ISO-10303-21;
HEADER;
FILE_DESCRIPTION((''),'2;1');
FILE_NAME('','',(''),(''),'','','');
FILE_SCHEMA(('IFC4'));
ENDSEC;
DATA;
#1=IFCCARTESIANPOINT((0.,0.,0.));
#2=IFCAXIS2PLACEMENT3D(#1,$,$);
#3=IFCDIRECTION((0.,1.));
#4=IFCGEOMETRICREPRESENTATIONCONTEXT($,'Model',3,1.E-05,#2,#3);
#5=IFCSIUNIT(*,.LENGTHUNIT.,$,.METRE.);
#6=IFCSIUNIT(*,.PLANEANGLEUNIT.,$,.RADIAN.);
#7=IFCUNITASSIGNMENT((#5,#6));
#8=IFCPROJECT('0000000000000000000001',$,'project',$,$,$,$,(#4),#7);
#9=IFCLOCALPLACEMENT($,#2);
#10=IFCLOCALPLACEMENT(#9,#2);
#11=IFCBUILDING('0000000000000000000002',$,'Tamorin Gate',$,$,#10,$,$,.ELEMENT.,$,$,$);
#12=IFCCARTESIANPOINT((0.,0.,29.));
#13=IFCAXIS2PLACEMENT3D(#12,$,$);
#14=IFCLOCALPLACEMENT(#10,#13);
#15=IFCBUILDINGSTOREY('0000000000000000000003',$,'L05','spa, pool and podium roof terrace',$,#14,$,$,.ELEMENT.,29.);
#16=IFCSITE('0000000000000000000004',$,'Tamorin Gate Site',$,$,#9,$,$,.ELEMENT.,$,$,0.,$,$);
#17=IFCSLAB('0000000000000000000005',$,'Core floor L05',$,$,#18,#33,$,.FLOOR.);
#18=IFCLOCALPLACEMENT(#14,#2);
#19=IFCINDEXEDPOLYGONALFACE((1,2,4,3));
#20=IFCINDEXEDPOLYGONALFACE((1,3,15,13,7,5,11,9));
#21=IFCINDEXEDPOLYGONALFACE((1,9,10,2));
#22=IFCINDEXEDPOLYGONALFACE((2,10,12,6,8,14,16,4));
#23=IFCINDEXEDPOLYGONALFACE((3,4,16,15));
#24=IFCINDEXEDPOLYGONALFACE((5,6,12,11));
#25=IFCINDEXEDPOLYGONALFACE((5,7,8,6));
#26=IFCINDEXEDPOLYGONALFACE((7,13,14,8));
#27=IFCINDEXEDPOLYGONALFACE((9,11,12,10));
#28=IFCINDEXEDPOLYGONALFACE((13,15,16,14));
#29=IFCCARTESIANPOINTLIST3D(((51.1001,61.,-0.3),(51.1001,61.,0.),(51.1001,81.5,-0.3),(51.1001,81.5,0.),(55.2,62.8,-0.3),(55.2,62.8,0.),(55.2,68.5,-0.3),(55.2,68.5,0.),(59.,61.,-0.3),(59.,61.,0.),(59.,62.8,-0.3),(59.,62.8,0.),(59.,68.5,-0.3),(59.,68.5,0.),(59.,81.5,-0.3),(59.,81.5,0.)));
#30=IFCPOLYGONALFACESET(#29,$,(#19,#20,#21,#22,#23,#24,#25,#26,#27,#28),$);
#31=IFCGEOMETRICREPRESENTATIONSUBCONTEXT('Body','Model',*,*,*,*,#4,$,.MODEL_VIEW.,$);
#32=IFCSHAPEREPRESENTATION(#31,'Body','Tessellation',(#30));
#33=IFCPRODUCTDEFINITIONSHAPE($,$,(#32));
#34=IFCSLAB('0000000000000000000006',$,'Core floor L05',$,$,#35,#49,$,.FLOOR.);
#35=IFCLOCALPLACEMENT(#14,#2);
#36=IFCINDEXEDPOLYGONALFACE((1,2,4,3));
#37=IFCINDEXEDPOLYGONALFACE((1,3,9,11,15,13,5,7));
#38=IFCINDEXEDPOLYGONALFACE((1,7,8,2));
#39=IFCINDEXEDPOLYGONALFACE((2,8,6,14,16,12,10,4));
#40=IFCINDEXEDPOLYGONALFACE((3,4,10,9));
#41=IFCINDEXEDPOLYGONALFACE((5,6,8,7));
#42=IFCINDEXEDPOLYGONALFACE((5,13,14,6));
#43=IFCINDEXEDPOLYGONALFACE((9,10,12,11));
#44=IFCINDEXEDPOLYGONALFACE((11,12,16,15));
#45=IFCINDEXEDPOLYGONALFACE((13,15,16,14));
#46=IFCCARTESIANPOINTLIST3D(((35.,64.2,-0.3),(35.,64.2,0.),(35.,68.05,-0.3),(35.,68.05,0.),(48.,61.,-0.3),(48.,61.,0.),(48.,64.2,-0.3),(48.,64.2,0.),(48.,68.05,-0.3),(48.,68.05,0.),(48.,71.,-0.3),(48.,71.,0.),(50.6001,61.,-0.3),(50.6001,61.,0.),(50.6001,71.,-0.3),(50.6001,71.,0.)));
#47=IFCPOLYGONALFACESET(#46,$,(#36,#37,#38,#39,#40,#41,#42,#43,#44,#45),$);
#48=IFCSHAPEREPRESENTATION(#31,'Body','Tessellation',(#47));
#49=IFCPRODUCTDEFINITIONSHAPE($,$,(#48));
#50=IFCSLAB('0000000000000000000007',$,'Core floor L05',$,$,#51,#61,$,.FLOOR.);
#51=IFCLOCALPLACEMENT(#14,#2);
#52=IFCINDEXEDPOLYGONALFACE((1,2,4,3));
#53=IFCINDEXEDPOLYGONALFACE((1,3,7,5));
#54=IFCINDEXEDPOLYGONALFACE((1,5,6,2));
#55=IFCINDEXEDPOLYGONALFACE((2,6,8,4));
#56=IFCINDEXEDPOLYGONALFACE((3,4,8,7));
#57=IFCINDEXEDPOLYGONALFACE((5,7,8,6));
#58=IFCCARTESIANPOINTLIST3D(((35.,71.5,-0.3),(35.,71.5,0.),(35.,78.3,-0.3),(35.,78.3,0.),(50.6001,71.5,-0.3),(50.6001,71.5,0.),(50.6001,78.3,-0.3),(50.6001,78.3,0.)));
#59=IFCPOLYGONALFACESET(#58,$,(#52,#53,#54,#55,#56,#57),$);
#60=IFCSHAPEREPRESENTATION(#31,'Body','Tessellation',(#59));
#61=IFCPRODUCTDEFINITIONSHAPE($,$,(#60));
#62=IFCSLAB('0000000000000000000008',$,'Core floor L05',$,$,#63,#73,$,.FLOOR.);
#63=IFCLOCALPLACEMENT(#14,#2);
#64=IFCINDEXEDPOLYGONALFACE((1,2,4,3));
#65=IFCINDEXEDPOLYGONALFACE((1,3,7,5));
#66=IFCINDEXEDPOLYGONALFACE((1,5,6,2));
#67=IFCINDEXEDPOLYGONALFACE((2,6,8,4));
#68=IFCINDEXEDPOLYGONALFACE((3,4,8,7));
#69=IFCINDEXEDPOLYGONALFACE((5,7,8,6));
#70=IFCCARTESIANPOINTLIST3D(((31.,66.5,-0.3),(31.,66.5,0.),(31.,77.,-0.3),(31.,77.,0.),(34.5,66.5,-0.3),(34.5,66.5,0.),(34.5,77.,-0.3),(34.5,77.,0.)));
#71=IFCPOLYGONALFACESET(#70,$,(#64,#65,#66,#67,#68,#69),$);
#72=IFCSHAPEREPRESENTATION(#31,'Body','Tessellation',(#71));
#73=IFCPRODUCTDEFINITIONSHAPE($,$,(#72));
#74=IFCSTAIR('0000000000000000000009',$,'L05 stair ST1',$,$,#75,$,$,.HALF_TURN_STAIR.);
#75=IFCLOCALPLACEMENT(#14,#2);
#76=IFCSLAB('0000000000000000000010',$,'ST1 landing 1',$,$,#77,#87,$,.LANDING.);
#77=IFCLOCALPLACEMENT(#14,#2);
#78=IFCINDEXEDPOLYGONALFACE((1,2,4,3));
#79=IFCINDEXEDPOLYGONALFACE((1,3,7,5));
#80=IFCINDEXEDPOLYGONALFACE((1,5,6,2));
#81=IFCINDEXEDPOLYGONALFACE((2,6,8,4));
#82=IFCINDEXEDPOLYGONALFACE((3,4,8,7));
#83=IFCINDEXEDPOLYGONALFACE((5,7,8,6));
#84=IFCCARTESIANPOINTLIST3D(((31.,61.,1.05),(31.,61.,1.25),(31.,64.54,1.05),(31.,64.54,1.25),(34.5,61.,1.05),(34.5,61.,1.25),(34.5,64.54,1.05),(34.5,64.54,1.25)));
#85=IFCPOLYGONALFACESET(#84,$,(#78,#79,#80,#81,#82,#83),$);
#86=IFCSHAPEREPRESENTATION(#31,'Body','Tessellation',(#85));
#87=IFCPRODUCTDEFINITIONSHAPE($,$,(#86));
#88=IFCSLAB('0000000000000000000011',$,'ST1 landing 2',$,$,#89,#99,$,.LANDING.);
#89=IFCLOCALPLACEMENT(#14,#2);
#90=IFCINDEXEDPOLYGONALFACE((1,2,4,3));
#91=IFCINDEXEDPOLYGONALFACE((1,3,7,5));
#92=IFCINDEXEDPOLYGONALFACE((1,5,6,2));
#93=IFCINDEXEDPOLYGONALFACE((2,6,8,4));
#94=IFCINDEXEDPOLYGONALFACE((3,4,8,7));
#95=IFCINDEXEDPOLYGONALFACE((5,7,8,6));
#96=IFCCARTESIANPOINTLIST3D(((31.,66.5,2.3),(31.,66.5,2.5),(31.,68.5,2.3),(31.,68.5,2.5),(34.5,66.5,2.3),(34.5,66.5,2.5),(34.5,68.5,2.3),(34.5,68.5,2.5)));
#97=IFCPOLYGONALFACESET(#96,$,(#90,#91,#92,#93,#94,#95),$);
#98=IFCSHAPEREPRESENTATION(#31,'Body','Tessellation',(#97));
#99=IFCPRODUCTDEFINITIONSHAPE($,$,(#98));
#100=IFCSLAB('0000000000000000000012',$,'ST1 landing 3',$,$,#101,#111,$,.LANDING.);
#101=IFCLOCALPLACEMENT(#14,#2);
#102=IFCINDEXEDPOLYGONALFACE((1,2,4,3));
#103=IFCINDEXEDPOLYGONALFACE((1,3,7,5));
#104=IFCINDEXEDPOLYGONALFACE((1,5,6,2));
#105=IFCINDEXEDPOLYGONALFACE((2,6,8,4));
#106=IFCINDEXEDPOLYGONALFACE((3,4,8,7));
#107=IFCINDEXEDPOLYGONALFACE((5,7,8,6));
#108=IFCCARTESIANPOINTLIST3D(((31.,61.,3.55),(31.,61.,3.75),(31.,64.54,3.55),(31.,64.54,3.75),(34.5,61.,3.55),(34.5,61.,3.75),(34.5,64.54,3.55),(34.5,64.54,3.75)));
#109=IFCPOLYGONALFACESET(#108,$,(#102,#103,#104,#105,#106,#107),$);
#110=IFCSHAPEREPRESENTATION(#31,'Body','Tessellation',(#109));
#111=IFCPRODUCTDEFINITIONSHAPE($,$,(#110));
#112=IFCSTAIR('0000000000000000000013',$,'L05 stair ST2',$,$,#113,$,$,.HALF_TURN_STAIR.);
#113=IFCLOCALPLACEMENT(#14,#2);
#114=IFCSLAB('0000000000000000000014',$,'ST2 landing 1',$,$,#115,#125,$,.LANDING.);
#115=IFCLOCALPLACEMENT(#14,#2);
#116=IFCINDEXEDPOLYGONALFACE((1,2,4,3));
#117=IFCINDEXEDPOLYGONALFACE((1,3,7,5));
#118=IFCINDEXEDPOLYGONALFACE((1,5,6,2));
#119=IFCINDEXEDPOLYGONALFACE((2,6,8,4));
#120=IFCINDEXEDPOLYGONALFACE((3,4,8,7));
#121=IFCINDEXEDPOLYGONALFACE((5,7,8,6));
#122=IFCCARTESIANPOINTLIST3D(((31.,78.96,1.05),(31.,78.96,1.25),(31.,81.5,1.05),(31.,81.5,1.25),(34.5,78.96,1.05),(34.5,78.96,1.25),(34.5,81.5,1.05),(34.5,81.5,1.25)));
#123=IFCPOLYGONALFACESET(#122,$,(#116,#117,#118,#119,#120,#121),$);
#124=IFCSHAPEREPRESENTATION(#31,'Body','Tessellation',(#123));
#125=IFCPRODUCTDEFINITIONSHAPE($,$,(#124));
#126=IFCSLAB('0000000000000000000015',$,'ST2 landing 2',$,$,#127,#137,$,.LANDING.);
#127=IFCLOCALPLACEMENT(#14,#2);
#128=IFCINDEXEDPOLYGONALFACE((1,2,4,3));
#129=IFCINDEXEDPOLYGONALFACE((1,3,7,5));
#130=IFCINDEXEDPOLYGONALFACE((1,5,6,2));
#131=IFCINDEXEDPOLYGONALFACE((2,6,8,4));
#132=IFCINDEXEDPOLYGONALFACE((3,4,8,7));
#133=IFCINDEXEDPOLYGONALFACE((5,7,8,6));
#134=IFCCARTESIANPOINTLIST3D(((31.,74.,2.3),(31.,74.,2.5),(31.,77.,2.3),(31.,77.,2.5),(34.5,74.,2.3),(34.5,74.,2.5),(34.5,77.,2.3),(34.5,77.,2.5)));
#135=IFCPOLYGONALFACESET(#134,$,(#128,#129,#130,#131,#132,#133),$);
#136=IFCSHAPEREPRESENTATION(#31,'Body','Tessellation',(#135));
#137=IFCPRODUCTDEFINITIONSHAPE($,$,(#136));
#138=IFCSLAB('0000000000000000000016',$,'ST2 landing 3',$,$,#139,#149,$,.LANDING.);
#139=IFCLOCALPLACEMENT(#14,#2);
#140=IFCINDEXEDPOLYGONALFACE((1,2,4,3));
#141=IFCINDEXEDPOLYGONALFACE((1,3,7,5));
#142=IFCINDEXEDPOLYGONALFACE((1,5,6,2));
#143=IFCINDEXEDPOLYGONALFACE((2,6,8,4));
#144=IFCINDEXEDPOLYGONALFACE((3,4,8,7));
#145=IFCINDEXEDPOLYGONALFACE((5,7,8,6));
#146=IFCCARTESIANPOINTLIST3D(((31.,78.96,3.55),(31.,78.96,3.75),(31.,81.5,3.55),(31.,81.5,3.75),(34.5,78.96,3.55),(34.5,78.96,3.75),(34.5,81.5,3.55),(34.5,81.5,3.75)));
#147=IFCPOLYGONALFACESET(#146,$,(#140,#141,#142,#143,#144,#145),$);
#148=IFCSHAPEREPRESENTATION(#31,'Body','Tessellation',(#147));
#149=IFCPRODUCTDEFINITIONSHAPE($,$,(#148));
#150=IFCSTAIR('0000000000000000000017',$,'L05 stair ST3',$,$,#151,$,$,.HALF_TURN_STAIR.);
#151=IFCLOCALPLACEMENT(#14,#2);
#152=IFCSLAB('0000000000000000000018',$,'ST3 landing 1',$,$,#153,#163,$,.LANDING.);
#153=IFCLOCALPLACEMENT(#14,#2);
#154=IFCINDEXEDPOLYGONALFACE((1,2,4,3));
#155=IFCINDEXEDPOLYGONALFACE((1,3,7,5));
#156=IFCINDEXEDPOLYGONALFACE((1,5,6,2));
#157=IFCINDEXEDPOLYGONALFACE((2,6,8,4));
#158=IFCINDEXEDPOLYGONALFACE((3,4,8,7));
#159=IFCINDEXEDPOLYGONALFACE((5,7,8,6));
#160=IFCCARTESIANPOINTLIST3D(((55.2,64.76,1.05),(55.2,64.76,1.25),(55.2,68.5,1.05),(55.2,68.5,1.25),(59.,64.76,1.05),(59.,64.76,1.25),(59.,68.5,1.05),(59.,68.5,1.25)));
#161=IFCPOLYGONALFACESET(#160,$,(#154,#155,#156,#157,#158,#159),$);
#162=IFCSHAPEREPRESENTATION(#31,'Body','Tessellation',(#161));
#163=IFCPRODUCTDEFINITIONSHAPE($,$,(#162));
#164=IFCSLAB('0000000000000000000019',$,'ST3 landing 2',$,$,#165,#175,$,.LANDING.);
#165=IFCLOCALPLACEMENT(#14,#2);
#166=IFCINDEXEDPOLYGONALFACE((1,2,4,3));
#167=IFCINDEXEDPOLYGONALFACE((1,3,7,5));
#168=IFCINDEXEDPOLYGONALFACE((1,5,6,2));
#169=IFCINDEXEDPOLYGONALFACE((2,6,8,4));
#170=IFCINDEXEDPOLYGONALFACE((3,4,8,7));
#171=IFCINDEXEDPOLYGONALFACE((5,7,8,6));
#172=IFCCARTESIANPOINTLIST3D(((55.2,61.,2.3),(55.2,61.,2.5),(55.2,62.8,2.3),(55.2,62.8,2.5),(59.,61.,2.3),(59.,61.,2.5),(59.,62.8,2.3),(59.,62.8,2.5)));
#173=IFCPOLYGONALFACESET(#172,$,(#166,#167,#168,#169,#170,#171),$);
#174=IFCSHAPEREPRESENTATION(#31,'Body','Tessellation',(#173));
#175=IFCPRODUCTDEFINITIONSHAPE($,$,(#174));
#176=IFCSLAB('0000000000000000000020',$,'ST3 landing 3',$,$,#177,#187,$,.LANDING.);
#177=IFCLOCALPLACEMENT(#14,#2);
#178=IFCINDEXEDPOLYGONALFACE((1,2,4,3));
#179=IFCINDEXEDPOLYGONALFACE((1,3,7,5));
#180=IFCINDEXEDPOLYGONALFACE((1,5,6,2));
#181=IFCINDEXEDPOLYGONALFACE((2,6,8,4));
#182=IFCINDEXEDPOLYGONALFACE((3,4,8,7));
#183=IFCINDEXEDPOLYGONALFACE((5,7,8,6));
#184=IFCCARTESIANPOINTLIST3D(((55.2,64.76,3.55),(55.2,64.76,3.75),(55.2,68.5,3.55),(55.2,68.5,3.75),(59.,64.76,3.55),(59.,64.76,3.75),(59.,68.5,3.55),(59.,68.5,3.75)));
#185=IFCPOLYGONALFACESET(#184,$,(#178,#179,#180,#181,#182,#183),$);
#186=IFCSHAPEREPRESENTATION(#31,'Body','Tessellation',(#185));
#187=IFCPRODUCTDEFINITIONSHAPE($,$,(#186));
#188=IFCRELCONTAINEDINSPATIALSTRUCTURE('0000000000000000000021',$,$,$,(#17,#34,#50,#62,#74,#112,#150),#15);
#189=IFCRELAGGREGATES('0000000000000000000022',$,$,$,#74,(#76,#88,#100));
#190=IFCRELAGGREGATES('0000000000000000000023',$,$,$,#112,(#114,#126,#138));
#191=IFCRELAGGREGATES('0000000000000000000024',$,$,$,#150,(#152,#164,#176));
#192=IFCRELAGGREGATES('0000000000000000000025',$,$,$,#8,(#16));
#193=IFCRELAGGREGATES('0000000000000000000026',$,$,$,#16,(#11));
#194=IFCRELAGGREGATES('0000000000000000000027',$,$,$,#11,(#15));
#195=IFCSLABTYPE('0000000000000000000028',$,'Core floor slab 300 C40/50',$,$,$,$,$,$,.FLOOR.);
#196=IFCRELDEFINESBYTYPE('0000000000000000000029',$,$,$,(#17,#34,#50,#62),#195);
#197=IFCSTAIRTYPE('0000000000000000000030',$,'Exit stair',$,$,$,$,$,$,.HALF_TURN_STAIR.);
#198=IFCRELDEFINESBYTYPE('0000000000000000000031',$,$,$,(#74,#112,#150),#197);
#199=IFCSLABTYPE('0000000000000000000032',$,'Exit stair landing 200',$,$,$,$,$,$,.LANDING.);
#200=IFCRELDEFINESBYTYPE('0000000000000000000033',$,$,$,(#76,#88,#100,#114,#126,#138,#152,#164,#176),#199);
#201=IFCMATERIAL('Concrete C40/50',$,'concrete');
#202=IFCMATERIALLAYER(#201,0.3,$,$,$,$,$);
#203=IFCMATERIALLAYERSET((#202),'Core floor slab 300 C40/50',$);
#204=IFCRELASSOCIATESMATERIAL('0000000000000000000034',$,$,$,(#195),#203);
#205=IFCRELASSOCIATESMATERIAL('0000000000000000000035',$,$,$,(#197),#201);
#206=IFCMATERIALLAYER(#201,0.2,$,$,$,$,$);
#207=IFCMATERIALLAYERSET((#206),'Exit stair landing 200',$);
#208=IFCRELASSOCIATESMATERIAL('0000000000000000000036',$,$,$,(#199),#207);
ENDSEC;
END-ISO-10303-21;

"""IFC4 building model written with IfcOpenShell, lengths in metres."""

from ifc_helpers import new_model, si_unit, direction, frame, origin, place, context, subcontext, project, spatial, polyline, outline, extrude, material, layer, layer_set, type_object, element, aggregate, save


model = new_model("IFC4")

# Units and contexts
model_context = context("Model", 3, precision=1e-05, world=origin(), true_north=direction((0.0, 1.0)))
body_context = subcontext(model_context, "Body", "Model", "MODEL_VIEW")
ifc_project = project(units=[si_unit("LENGTHUNIT", "METRE"), si_unit("PLANEANGLEUNIT", "RADIAN")], contexts=[model_context])

# Site, building, storey
site_placement = place(None, origin())
site = spatial("IfcSite", under=ifc_project, at=site_placement, Name="Tamorin Gate Site", CompositionType="ELEMENT", RefElevation=0.0)
building_placement = place(site_placement, origin())
building = spatial("IfcBuilding", under=site, at=building_placement, Name="Tamorin Gate", CompositionType="ELEMENT")
storey_placement = place(building_placement, frame((0.0, 0.0, 29.0)))
storey = spatial("IfcBuildingStorey", under=building, at=storey_placement, Name="L05", Description="spa, pool and podium roof terrace", CompositionType="ELEMENT", Elevation=29.0)

# Slabs
ifc_material_1 = material(Name="Concrete C40/50", Category="concrete")
ifc_layer_1 = layer(ifc_material_1, 0.3)
ifc_layer_set_1 = layer_set([ifc_layer_1], Name="Core floor slab 300 C40/50")
slab_type_1 = type_object("IfcSlabType", Name="Core floor slab 300 C40/50", PredefinedType="FLOOR", material=ifc_layer_set_1)
slab_1_placement = place(storey_placement, frame((0.0, 0.0, -0.3)))
element("IfcSlab", 1, at=slab_1_placement, inside=storey, type_object=slab_type_1, Name="Core floor L05", PredefinedType="FLOOR", context=body_context, shape_type="SweptSolid", body=[
    extrude(outline(polyline([(59.0, 62.8), (59.0, 61.0), (51.1001, 61.0), (51.1001, 81.5), (59.0, 81.5), (59.0, 68.5), (55.2, 68.5), (55.2, 62.8), (59.0, 62.8)])), origin(), (0.0, 0.0, 1.0), 0.3),
])
slab_2_placement = place(storey_placement, frame((0.0, 0.0, -0.3)))
element("IfcSlab", 2, at=slab_2_placement, inside=storey, type_object=slab_type_1, Name="Core floor L05", PredefinedType="FLOOR", context=body_context, shape_type="SweptSolid", body=[
    extrude(outline(polyline([(50.6001, 61.0), (48.0, 61.0), (48.0, 64.2), (35.0, 64.2), (35.0, 68.05), (48.0, 68.05), (48.0, 71.0), (50.6001, 71.0), (50.6001, 61.0)])), origin(), (0.0, 0.0, 1.0), 0.3),
])
slab_3_placement = place(storey_placement, frame((0.0, 0.0, -0.3)))
element("IfcSlab", 3, at=slab_3_placement, inside=storey, type_object=slab_type_1, Name="Core floor L05", PredefinedType="FLOOR", context=body_context, shape_type="SweptSolid", body=[
    extrude(outline(polyline([(50.6001, 71.5), (35.0, 71.5), (35.0, 78.3), (50.6001, 78.3), (50.6001, 71.5)])), origin(), (0.0, 0.0, 1.0), 0.3),
])
slab_4_placement = place(storey_placement, frame((0.0, 0.0, -0.3)))
element("IfcSlab", 4, at=slab_4_placement, inside=storey, type_object=slab_type_1, Name="Core floor L05", PredefinedType="FLOOR", context=body_context, shape_type="SweptSolid", body=[
    extrude(outline(polyline([(31.0, 66.5), (31.0, 77.0), (34.5, 77.0), (34.5, 66.5), (31.0, 66.5)])), origin(), (0.0, 0.0, 1.0), 0.3),
])

# Stairs, slabs
stair_type_1 = type_object("IfcStairType", Name="Exit stair", PredefinedType="HALF_TURN_STAIR", material=ifc_material_1)
stair_1_placement = place(storey_placement, origin())
stair_1 = element("IfcStair", 5, at=stair_1_placement, inside=storey, type_object=stair_type_1, Name="L05 stair ST1", PredefinedType="HALF_TURN_STAIR")
ifc_layer_2 = layer(ifc_material_1, 0.2)
ifc_layer_set_2 = layer_set([ifc_layer_2], Name="Exit stair landing 200")
slab_type_2 = type_object("IfcSlabType", Name="Exit stair landing 200", PredefinedType="LANDING", material=ifc_layer_set_2)
slab_5_placement = place(storey_placement, frame((0.0, 0.0, 1.05)))
slab_5 = element("IfcSlab", 6, at=slab_5_placement, type_object=slab_type_2, Name="ST1 landing 1", PredefinedType="LANDING", context=body_context, shape_type="SweptSolid", body=[
    extrude(outline(polyline([(31.0, 64.54), (31.0, 61.0), (34.5, 61.0), (34.5, 64.54), (31.0, 64.54)])), origin(), (0.0, 0.0, 1.0), 0.2),
])
slab_6_placement = place(storey_placement, frame((0.0, 0.0, 2.3)))
slab_6 = element("IfcSlab", 7, at=slab_6_placement, type_object=slab_type_2, Name="ST1 landing 2", PredefinedType="LANDING", context=body_context, shape_type="SweptSolid", body=[
    extrude(outline(polyline([(31.0, 68.5), (31.0, 66.5), (34.5, 66.5), (34.5, 68.5), (31.0, 68.5)])), origin(), (0.0, 0.0, 1.0), 0.2),
])
slab_7_placement = place(storey_placement, frame((0.0, 0.0, 3.55)))
slab_7 = element("IfcSlab", 8, at=slab_7_placement, type_object=slab_type_2, Name="ST1 landing 3", PredefinedType="LANDING", context=body_context, shape_type="SweptSolid", body=[
    extrude(outline(polyline([(31.0, 64.54), (31.0, 61.0), (34.5, 61.0), (34.5, 64.54), (31.0, 64.54)])), origin(), (0.0, 0.0, 1.0), 0.2),
])
aggregate(stair_1, [slab_5, slab_6, slab_7])
stair_2_placement = place(storey_placement, origin())
stair_2 = element("IfcStair", 9, at=stair_2_placement, inside=storey, type_object=stair_type_1, Name="L05 stair ST2", PredefinedType="HALF_TURN_STAIR")
slab_8_placement = place(storey_placement, frame((0.0, 0.0, 1.05)))
slab_8 = element("IfcSlab", 10, at=slab_8_placement, type_object=slab_type_2, Name="ST2 landing 1", PredefinedType="LANDING", context=body_context, shape_type="SweptSolid", body=[
    extrude(outline(polyline([(34.5, 78.96), (34.5, 81.5), (31.0, 81.5), (31.0, 78.96), (34.5, 78.96)])), origin(), (0.0, 0.0, 1.0), 0.2),
])
slab_9_placement = place(storey_placement, frame((0.0, 0.0, 2.3)))
slab_9 = element("IfcSlab", 11, at=slab_9_placement, type_object=slab_type_2, Name="ST2 landing 2", PredefinedType="LANDING", context=body_context, shape_type="SweptSolid", body=[
    extrude(outline(polyline([(34.5, 74.0), (34.5, 77.0), (31.0, 77.0), (31.0, 74.0), (34.5, 74.0)])), origin(), (0.0, 0.0, 1.0), 0.2),
])
slab_10_placement = place(storey_placement, frame((0.0, 0.0, 3.55)))
slab_10 = element("IfcSlab", 12, at=slab_10_placement, type_object=slab_type_2, Name="ST2 landing 3", PredefinedType="LANDING", context=body_context, shape_type="SweptSolid", body=[
    extrude(outline(polyline([(34.5, 78.96), (34.5, 81.5), (31.0, 81.5), (31.0, 78.96), (34.5, 78.96)])), origin(), (0.0, 0.0, 1.0), 0.2),
])
aggregate(stair_2, [slab_8, slab_9, slab_10])
stair_3_placement = place(storey_placement, origin())
stair_3 = element("IfcStair", 13, at=stair_3_placement, inside=storey, type_object=stair_type_1, Name="L05 stair ST3", PredefinedType="HALF_TURN_STAIR")
slab_11_placement = place(storey_placement, frame((0.0, 0.0, 1.05)))
slab_11 = element("IfcSlab", 14, at=slab_11_placement, type_object=slab_type_2, Name="ST3 landing 1", PredefinedType="LANDING", context=body_context, shape_type="SweptSolid", body=[
    extrude(outline(polyline([(59.0, 64.76), (59.0, 68.5), (55.2, 68.5), (55.2, 64.76), (59.0, 64.76)])), origin(), (0.0, 0.0, 1.0), 0.2),
])
slab_12_placement = place(storey_placement, frame((0.0, 0.0, 2.3)))
slab_12 = element("IfcSlab", 15, at=slab_12_placement, type_object=slab_type_2, Name="ST3 landing 2", PredefinedType="LANDING", context=body_context, shape_type="SweptSolid", body=[
    extrude(outline(polyline([(59.0, 61.0), (59.0, 62.8), (55.2, 62.8), (55.2, 61.0), (59.0, 61.0)])), origin(), (0.0, 0.0, 1.0), 0.2),
])
slab_13_placement = place(storey_placement, frame((0.0, 0.0, 3.55)))
slab_13 = element("IfcSlab", 16, at=slab_13_placement, type_object=slab_type_2, Name="ST3 landing 3", PredefinedType="LANDING", context=body_context, shape_type="SweptSolid", body=[
    extrude(outline(polyline([(59.0, 64.76), (59.0, 68.5), (55.2, 68.5), (55.2, 64.76), (59.0, 64.76)])), origin(), (0.0, 0.0, 1.0), 0.2),
])
aggregate(stair_3, [slab_11, slab_12, slab_13])

save(model, "model.ifc")
